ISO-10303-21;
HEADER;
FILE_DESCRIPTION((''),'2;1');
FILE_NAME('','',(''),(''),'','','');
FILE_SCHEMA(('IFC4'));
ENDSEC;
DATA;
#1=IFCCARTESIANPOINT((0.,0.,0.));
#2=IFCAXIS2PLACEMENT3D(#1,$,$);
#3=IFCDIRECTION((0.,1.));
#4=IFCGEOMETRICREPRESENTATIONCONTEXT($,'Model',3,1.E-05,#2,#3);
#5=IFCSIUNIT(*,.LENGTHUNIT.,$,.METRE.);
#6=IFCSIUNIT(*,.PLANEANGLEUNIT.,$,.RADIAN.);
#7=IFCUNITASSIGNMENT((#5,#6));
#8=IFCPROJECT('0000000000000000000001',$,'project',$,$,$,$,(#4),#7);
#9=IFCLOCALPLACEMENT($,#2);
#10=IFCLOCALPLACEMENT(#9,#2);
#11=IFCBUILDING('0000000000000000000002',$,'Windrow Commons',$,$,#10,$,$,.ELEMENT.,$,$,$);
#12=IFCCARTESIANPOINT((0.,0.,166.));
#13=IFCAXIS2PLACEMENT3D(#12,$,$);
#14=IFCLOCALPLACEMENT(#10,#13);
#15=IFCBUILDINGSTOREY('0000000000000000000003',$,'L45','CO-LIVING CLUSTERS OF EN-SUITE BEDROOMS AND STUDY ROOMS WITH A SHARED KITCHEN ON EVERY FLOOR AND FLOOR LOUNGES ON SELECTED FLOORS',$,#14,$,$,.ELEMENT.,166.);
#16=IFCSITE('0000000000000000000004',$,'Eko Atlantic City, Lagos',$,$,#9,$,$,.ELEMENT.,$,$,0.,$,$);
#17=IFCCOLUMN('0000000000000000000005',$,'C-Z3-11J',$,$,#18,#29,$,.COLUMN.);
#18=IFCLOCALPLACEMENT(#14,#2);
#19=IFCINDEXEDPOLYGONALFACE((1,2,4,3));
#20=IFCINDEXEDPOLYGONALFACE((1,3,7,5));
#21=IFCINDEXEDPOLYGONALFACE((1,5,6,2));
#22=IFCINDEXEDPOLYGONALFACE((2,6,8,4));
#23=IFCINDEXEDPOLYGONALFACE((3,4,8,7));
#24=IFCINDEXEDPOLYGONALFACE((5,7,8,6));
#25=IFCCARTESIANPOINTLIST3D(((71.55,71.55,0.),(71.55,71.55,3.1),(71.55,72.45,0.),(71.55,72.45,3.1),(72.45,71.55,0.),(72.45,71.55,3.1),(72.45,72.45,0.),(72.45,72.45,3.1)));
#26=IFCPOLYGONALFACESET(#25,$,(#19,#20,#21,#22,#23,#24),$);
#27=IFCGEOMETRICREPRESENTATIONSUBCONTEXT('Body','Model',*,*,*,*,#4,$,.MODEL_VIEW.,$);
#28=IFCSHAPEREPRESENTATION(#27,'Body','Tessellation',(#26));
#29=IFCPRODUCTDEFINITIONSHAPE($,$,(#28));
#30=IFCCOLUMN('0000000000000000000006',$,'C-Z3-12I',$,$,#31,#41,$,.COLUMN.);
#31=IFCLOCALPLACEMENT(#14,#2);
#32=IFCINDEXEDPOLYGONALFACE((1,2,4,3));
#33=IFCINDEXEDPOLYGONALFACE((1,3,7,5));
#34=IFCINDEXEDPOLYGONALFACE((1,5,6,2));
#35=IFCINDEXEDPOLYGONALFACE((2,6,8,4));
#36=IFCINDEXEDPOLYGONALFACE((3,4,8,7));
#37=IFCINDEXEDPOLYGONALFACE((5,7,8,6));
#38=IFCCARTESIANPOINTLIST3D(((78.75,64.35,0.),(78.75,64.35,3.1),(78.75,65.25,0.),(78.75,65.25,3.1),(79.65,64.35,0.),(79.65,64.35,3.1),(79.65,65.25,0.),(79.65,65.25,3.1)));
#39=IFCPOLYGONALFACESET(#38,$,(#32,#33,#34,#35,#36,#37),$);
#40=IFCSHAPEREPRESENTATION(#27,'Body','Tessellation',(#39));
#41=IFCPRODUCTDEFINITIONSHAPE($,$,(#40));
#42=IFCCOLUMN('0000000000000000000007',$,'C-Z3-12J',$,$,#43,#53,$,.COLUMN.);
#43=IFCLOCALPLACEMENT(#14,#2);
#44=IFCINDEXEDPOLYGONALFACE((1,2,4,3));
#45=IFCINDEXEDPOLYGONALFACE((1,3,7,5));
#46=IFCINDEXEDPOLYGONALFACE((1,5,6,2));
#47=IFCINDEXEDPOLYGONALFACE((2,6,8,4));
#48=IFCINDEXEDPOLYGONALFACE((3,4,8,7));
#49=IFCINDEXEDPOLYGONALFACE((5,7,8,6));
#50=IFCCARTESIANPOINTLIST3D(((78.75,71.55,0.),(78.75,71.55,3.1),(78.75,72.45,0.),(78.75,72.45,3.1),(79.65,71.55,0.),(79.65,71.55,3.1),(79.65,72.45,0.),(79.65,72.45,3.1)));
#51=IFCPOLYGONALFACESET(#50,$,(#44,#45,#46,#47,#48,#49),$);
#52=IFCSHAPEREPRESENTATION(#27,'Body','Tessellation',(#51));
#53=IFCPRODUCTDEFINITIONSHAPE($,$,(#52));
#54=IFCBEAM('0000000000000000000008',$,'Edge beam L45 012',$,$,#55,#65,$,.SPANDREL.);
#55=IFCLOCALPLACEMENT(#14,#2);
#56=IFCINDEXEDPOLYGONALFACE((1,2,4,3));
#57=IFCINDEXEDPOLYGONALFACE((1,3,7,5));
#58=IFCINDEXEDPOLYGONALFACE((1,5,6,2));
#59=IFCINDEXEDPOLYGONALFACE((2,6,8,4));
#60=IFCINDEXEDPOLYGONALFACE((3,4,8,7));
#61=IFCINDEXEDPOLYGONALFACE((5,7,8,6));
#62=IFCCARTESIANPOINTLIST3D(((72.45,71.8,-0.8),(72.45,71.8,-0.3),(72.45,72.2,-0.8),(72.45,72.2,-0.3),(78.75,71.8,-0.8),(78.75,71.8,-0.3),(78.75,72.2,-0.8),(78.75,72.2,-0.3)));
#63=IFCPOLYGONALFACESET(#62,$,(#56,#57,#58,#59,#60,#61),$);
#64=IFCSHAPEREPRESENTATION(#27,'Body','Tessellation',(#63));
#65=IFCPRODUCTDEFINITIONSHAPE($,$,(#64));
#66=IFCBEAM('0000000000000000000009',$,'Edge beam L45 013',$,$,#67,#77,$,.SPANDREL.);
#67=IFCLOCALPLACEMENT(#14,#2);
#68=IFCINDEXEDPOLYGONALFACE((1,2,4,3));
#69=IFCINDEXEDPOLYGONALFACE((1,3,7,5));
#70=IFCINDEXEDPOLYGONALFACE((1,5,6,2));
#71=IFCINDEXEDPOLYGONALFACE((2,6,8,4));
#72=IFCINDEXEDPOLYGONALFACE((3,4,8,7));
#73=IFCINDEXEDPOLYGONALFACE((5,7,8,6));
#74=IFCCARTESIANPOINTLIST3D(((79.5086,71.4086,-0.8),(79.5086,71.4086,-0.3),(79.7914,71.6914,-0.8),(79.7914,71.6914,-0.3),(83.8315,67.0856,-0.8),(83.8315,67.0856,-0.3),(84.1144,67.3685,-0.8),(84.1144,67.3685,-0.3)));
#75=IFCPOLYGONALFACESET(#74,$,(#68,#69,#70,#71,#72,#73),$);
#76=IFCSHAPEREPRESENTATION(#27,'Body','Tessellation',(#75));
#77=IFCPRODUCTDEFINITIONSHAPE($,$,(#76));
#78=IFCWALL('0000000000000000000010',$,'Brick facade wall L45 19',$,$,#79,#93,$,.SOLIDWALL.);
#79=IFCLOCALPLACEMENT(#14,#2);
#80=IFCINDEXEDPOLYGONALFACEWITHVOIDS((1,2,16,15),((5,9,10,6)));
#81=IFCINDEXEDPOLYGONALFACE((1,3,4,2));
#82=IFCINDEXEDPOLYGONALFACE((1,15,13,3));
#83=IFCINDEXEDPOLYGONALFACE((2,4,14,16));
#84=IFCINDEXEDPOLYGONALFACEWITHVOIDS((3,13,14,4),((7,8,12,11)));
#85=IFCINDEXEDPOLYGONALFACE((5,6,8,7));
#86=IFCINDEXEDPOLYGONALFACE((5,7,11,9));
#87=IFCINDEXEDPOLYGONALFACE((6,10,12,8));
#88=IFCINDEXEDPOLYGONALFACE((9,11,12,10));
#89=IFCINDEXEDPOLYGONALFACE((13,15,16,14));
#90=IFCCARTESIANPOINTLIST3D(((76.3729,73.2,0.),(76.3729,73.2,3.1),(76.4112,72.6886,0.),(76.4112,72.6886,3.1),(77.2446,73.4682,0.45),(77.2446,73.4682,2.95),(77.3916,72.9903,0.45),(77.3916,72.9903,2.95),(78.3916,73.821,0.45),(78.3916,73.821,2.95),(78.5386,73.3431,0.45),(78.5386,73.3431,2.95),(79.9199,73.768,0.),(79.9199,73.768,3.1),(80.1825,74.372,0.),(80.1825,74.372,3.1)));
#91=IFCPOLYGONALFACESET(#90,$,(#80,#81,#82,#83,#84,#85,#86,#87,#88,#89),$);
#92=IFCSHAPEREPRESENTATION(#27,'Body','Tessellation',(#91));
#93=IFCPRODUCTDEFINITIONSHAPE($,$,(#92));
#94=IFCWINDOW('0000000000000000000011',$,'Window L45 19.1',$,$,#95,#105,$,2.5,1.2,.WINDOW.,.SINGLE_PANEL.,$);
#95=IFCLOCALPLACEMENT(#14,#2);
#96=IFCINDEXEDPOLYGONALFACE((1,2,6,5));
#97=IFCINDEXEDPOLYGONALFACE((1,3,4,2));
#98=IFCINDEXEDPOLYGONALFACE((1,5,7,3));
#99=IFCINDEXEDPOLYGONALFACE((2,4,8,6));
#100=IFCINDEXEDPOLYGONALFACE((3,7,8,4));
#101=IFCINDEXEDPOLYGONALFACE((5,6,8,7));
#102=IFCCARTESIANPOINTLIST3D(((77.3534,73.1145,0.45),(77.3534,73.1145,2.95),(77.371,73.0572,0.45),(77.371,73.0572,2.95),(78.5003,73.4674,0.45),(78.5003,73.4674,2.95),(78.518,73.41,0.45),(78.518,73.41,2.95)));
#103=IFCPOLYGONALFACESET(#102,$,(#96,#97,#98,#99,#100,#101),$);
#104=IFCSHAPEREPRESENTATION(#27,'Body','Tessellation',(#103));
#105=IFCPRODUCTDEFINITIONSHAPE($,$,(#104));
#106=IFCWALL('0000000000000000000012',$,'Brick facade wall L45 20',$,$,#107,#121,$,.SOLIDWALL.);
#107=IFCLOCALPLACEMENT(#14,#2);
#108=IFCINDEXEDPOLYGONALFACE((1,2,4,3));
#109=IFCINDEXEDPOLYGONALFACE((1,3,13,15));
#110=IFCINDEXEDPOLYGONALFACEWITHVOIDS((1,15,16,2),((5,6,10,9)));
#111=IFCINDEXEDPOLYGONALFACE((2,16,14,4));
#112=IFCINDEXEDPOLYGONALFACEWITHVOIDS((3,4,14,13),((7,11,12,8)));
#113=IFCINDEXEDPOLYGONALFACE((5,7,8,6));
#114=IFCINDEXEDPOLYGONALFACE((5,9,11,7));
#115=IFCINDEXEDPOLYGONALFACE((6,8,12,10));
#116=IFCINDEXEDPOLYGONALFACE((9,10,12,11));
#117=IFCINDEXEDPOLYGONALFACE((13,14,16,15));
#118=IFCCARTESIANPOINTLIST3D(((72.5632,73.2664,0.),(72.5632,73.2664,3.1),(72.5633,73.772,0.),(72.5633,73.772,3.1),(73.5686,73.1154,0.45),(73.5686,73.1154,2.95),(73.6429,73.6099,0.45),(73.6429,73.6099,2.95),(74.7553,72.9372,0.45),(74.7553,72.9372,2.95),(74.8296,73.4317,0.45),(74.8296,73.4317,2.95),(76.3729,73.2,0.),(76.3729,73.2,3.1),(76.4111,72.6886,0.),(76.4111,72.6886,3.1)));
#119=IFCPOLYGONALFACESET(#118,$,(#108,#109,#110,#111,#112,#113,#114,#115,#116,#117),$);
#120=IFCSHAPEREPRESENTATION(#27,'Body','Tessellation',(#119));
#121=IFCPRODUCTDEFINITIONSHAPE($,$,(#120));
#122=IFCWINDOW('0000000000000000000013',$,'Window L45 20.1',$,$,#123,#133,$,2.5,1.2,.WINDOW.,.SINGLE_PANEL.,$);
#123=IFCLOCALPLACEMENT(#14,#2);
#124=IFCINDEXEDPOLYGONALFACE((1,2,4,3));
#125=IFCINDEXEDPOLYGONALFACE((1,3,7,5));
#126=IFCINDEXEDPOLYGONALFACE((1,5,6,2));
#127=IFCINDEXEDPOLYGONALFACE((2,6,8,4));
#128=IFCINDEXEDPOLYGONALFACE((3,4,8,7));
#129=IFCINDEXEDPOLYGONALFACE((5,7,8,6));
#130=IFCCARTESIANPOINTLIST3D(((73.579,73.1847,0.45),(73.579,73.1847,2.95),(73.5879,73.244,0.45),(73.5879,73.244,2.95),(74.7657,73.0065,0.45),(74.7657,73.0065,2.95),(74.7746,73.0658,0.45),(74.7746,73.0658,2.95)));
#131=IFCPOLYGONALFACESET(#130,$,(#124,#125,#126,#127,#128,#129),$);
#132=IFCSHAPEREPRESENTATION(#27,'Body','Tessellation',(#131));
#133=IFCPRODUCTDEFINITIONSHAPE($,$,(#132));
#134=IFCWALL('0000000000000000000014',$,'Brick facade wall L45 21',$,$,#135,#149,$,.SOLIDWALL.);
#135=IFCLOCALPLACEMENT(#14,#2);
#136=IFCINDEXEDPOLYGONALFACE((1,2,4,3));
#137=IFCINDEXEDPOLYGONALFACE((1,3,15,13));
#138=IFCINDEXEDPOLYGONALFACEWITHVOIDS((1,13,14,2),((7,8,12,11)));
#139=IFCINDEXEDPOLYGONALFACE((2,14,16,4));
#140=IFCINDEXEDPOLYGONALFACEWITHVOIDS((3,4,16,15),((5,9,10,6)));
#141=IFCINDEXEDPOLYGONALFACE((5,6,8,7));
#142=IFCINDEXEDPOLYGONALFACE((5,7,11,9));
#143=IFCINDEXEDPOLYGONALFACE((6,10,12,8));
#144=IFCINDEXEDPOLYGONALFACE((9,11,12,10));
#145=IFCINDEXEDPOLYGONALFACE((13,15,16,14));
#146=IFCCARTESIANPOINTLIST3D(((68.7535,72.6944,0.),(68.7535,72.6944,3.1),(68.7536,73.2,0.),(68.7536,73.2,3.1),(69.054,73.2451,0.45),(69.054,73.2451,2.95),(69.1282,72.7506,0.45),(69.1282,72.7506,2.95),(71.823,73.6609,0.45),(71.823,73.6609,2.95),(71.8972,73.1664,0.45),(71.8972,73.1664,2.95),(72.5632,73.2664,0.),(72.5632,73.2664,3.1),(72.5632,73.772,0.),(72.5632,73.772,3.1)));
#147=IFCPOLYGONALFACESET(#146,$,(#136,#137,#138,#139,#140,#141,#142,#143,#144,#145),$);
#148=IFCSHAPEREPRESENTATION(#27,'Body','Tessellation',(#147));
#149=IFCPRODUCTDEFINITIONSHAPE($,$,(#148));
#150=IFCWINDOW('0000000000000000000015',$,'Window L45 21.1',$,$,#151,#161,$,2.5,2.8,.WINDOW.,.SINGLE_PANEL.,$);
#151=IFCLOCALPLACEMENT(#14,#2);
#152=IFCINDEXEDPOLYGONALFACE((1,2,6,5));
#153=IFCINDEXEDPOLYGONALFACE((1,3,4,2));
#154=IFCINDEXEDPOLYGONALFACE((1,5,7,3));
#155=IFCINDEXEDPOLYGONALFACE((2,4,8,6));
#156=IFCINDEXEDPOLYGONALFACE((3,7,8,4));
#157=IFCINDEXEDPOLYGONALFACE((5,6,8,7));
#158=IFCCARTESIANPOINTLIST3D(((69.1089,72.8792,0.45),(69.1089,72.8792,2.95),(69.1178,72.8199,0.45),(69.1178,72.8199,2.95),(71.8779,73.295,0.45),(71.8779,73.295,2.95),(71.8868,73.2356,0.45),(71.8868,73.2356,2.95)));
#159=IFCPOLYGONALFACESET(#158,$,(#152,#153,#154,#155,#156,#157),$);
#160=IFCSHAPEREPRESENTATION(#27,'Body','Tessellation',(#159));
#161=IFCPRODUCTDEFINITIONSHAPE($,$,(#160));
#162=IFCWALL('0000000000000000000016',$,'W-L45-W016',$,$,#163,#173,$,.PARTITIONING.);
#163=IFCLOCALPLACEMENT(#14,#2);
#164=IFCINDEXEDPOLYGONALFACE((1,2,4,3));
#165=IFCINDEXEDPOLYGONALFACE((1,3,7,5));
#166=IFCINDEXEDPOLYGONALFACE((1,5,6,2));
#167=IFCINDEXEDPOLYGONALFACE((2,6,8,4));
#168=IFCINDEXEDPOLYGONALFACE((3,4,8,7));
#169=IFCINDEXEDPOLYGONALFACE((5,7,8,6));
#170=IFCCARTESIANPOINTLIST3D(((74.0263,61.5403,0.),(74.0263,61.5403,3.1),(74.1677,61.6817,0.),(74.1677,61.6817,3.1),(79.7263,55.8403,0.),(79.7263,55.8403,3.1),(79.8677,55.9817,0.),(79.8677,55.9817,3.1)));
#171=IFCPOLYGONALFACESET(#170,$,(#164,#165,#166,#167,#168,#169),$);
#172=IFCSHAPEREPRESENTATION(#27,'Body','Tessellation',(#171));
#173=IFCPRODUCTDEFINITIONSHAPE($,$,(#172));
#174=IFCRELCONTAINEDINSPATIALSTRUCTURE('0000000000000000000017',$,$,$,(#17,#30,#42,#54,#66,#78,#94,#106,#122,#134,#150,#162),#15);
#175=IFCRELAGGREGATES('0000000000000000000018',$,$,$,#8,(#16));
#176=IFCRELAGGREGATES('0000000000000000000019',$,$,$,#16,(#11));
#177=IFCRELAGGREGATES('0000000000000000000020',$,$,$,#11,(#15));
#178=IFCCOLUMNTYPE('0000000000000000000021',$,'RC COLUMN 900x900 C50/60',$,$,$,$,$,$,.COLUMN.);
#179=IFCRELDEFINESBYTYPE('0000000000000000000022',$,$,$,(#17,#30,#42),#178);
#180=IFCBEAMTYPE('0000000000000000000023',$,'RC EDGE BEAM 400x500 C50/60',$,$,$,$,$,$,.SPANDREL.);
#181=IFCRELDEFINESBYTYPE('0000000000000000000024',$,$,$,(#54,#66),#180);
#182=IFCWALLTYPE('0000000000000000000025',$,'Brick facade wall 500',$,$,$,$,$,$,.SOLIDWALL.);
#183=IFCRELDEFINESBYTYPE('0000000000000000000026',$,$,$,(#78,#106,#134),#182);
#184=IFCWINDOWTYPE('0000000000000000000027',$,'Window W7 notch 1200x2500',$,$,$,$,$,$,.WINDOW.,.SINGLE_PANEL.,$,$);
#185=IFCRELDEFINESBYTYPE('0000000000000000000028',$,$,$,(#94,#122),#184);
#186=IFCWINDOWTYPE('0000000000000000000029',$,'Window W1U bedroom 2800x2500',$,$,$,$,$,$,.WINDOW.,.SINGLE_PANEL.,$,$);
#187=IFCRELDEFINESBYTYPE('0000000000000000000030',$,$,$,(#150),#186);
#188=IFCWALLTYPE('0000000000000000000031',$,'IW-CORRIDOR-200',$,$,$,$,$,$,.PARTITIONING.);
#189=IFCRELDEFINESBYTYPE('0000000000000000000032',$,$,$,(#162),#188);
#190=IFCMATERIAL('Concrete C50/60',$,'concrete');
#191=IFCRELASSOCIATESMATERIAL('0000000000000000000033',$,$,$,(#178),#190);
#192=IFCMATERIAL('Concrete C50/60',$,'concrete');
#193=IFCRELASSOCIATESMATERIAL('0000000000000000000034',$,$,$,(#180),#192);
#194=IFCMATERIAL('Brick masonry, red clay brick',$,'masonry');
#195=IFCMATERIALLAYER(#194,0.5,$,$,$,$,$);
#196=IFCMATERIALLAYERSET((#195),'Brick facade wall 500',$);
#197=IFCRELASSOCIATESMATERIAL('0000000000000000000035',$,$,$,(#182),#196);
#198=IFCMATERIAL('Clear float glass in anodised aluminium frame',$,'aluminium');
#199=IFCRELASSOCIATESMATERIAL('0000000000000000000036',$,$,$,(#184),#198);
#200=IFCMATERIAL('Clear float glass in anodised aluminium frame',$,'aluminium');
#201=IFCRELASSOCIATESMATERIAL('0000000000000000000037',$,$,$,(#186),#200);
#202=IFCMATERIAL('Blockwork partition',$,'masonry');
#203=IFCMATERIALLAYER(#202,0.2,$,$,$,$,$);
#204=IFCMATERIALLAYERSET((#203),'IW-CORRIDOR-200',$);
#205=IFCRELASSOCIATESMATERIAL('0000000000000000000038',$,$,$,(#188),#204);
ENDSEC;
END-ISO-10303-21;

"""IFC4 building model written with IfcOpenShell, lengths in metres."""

from ifc_helpers import new_model, si_unit, direction, frame, frame_2d, origin, origin_2d, place, context, subcontext, project, spatial, polyline, rectangle, outline, extrude, material, layer, layer_set, material_profile, profile_set, type_object, element, fill, save


model = new_model("IFC4")

# Units and contexts
model_context = context("Model", 3, precision=1e-05, world=origin(), true_north=direction((0.0, 1.0)))
body_context = subcontext(model_context, "Body", "Model", "MODEL_VIEW")
ifc_project = project(units=[si_unit("LENGTHUNIT", "METRE"), si_unit("PLANEANGLEUNIT", "RADIAN")], contexts=[model_context])

# Site, building, storey
site_placement = place(None, origin())
site = spatial("IfcSite", under=ifc_project, at=site_placement, Name="Eko Atlantic City, Lagos", CompositionType="ELEMENT", RefElevation=0.0)
building_placement = place(site_placement, origin())
building = spatial("IfcBuilding", under=site, at=building_placement, Name="Windrow Commons", CompositionType="ELEMENT")
storey_placement = place(building_placement, frame((0.0, 0.0, 166.0)))
storey = spatial("IfcBuildingStorey", under=building, at=storey_placement, Name="L45", Description="CO-LIVING CLUSTERS OF EN-SUITE BEDROOMS AND STUDY ROOMS WITH A SHARED KITCHEN ON EVERY FLOOR AND FLOOR LOUNGES ON SELECTED FLOORS", CompositionType="ELEMENT", Elevation=166.0)

# Columns
ifc_material_1 = material(Name="Concrete C50/60", Category="concrete")
ifc_material_profile_1 = material_profile(ifc_material_1, rectangle(XDim=0.9, YDim=0.9, at=origin_2d()))
ifc_profile_set_1 = profile_set([ifc_material_profile_1], Name="Concrete C50/60")
column_type = type_object("IfcColumnType", Name="RC COLUMN 900x900 C50/60", PredefinedType="COLUMN", material=ifc_profile_set_1)
for number, where, z_axis, x_axis, name in (
    (1, (72.0, 72.0, 0.0), (0.0, 0.0, 1.0), (1.0, 0.0, 0.0), "C-Z3-11J"),
    (2, (79.2, 64.8, 0.0), (0.0, 0.0, 1.0), (1.0, 0.0, 0.0), "C-Z3-12I"),
    (3, (79.2, 72.0, 0.0), (0.0, 0.0, 1.0), (1.0, 0.0, 0.0), "C-Z3-12J"),
):
    element("IfcColumn", number, at=place(storey_placement, frame(where, z_axis=z_axis, x_axis=x_axis)), inside=storey, type_object=column_type, Name=name, PredefinedType="COLUMN", context=body_context, shape_type="SweptSolid", body=[
        extrude(rectangle(XDim=0.9, YDim=0.9, at=origin_2d()), origin(), (0.0, 0.0, 1.0), 3.1),
    ])

# Beams
ifc_material_2 = material(Name="Concrete C50/60", Category="concrete")
ifc_material_profile_2 = material_profile(ifc_material_2, rectangle(XDim=0.4, YDim=0.5, at=origin_2d()))
ifc_profile_set_2 = profile_set([ifc_material_profile_2], Name="Concrete C50/60")
beam_type = type_object("IfcBeamType", Name="RC EDGE BEAM 400x500 C50/60", PredefinedType="SPANDREL", material=ifc_profile_set_2)
beam_1_placement = place(storey_placement, frame((72.45, 72.0, -0.55), z_axis=(1.0, 0.0, 0.0), x_axis=(0.0, 1.0, 0.0)))
element("IfcBeam", 4, at=beam_1_placement, inside=storey, type_object=beam_type, Name="Edge beam L45 012", PredefinedType="SPANDREL", context=body_context, shape_type="SweptSolid", body=[
    extrude(rectangle(XDim=0.4, YDim=0.5, at=origin_2d()), origin(), (0.0, 0.0, 1.0), 6.3),
])
beam_2_placement = place(storey_placement, frame((79.65, 71.55, -0.55), z_axis=(0.707107, -0.707107, 0.0), x_axis=(0.707107, 0.707107, 0.0)))
element("IfcBeam", 5, at=beam_2_placement, inside=storey, type_object=beam_type, Name="Edge beam L45 013", PredefinedType="SPANDREL", context=body_context, shape_type="SweptSolid", body=[
    extrude(rectangle(XDim=0.4, YDim=0.5, at=origin_2d()), origin(), (0.0, 0.0, 1.0), 6.1136),
])

# Walls, openings, windows
ifc_material_3 = material(Name="Brick masonry, red clay brick", Category="masonry")
ifc_layer_1 = layer(ifc_material_3, 0.5)
ifc_layer_set_1 = layer_set([ifc_layer_1], Name="Brick facade wall 500")
wall_type_1 = type_object("IfcWallType", Name="Brick facade wall 500", PredefinedType="SOLIDWALL", material=ifc_layer_set_1)
wall_1_placement = place(storey_placement, frame((80.0512, 74.07, 0.0), z_axis=(0.0, 0.0, 1.0), x_axis=(-0.955794, -0.294036, 0.0)))
wall_1 = element("IfcWall", 6, at=wall_1_placement, inside=storey, type_object=wall_type_1, Name="Brick facade wall L45 19", PredefinedType="SOLIDWALL", context=body_context, shape_type="SweptSolid", body=[
    extrude(outline(polyline([(-0.2143, -0.25), (3.7715, -0.25), (3.8853, 0.25), (0.2143, 0.25), (-0.2143, -0.25)])), origin(), (0.0, 0.0, 1.0), 3.1),
])
opening_1_placement = place(wall_1_placement, frame((1.6595, 0.0, 0.45)))
opening_1 = element("IfcOpeningElement", 7, at=opening_1_placement, cuts=wall_1, PredefinedType="OPENING", context=body_context, shape_type="SweptSolid", body=[
    extrude(rectangle(XDim=1.2, YDim=2.5, at=frame_2d((0.6, 1.25))), frame((0.0, 0.26, 0.0), z_axis=(0.0, -1.0, 0.0), x_axis=(1.0, 0.0, 0.0)), (0.0, 0.0, 1.0), 0.52),
])
ifc_material_4 = material(Name="Clear float glass in anodised aluminium frame", Category="aluminium")
window_type_1 = type_object("IfcWindowType", Name="Window W7 notch 1200x2500", PartitioningType="SINGLE_PANEL", PredefinedType="WINDOW", material=ifc_material_4)
window_1_placement = place(opening_1_placement, origin())
window_1 = element("IfcWindow", 8, at=window_1_placement, inside=storey, type_object=window_type_1, Name="Window L45 19.1", OverallHeight=2.5, OverallWidth=1.2, PartitioningType="SINGLE_PANEL", PredefinedType="WINDOW", context=body_context, shape_type="SweptSolid", body=[
    extrude(rectangle(XDim=1.2, YDim=2.5, at=frame_2d((0.6, 1.25))), frame((0.0, 0.18, 0.0), z_axis=(0.0, -1.0, 0.0), x_axis=(1.0, 0.0, 0.0)), (0.0, 0.0, 1.0), 0.06),
])
fill(opening_1, window_1)
wall_2_placement = place(storey_placement, frame((76.392, 72.9443, 0.0), z_axis=(0.0, 0.0, 1.0), x_axis=(-0.988914, 0.148487, 0.0)))
wall_2 = element("IfcWall", 9, at=wall_2_placement, inside=storey, type_object=wall_type_1, Name="Brick facade wall L45 20", PredefinedType="SOLIDWALL", context=body_context, shape_type="SweptSolid", body=[
    extrude(outline(polyline([(0.0569, -0.25), (3.9092, -0.25), (3.8342, 0.25), (-0.0569, 0.25), (0.0569, -0.25)])), origin(), (0.0, 0.0, 1.0), 3.1),
])
opening_2_placement = place(wall_2_placement, frame((1.6175, 0.0, 0.45)))
opening_2 = element("IfcOpeningElement", 10, at=opening_2_placement, cuts=wall_2, PredefinedType="OPENING", context=body_context, shape_type="SweptSolid", body=[
    extrude(rectangle(XDim=1.2, YDim=2.5, at=frame_2d((0.6, 1.25))), frame((0.0, 0.26, 0.0), z_axis=(0.0, -1.0, 0.0), x_axis=(1.0, 0.0, 0.0)), (0.0, 0.0, 1.0), 0.52),
])
window_2_placement = place(opening_2_placement, origin())
window_2 = element("IfcWindow", 11, at=window_2_placement, inside=storey, type_object=window_type_1, Name="Window L45 20.1", OverallHeight=2.5, OverallWidth=1.2, PartitioningType="SINGLE_PANEL", PredefinedType="WINDOW", context=body_context, shape_type="SweptSolid", body=[
    extrude(rectangle(XDim=1.2, YDim=2.5, at=frame_2d((0.6, 1.25))), frame((0.0, 0.18, 0.0), z_axis=(0.0, -1.0, 0.0), x_axis=(1.0, 0.0, 0.0)), (0.0, 0.0, 1.0), 0.06),
])
fill(opening_2, window_2)
wall_3_placement = place(storey_placement, frame((72.5632, 73.5192, 0.0), z_axis=(0.0, 0.0, 1.0), x_axis=(-0.988915, -0.148483, 0.0)))
wall_3 = element("IfcWall", 12, at=wall_3_placement, inside=storey, type_object=wall_type_1, Name="Brick facade wall L45 21", PredefinedType="SOLIDWALL", context=body_context, shape_type="SweptSolid", body=[
    extrude(outline(polyline([(-0.0375, -0.25), (3.8148, -0.25), (3.8899, 0.25), (0.0375, 0.25), (-0.0375, -0.25)])), origin(), (0.0, 0.0, 1.0), 3.1),
])
opening_3_placement = place(wall_3_placement, frame((0.711, 0.0, 0.45)))
opening_3 = element("IfcOpeningElement", 13, at=opening_3_placement, cuts=wall_3, PredefinedType="OPENING", context=body_context, shape_type="SweptSolid", body=[
    extrude(rectangle(XDim=2.8, YDim=2.5, at=frame_2d((1.4, 1.25))), frame((0.0, 0.26, 0.0), z_axis=(0.0, -1.0, 0.0), x_axis=(1.0, 0.0, 0.0)), (0.0, 0.0, 1.0), 0.52),
])
ifc_material_5 = material(Name="Clear float glass in anodised aluminium frame", Category="aluminium")
window_type_2 = type_object("IfcWindowType", Name="Window W1U bedroom 2800x2500", PartitioningType="SINGLE_PANEL", PredefinedType="WINDOW", material=ifc_material_5)
window_3_placement = place(opening_3_placement, origin())
window_3 = element("IfcWindow", 14, at=window_3_placement, inside=storey, type_object=window_type_2, Name="Window L45 21.1", OverallHeight=2.5, OverallWidth=2.8, PartitioningType="SINGLE_PANEL", PredefinedType="WINDOW", context=body_context, shape_type="SweptSolid", body=[
    extrude(rectangle(XDim=2.8, YDim=2.5, at=frame_2d((1.4, 1.25))), frame((0.0, 0.18, 0.0), z_axis=(0.0, -1.0, 0.0), x_axis=(1.0, 0.0, 0.0)), (0.0, 0.0, 1.0), 0.06),
])
fill(opening_3, window_3)

# Wall
ifc_material_6 = material(Name="Blockwork partition", Category="masonry")
ifc_layer_2 = layer(ifc_material_6, 0.2)
ifc_layer_set_2 = layer_set([ifc_layer_2], Name="IW-CORRIDOR-200")
wall_type_2 = type_object("IfcWallType", Name="IW-CORRIDOR-200", PredefinedType="PARTITIONING", material=ifc_layer_set_2)
wall_4_placement = place(storey_placement, frame((74.097, 61.611, 0.0), z_axis=(0.0, 0.0, 1.0), x_axis=(0.707107, -0.707107, 0.0)))
element("IfcWall", 15, at=wall_4_placement, inside=storey, type_object=wall_type_2, Name="W-L45-W016", PredefinedType="PARTITIONING", context=body_context, shape_type="SweptSolid", body=[
    extrude(rectangle(XDim=8.061, YDim=0.2, at=frame_2d((4.0305, 0.0))), origin(), (0.0, 0.0, 1.0), 3.1),
])

save(model, "model.ifc")
